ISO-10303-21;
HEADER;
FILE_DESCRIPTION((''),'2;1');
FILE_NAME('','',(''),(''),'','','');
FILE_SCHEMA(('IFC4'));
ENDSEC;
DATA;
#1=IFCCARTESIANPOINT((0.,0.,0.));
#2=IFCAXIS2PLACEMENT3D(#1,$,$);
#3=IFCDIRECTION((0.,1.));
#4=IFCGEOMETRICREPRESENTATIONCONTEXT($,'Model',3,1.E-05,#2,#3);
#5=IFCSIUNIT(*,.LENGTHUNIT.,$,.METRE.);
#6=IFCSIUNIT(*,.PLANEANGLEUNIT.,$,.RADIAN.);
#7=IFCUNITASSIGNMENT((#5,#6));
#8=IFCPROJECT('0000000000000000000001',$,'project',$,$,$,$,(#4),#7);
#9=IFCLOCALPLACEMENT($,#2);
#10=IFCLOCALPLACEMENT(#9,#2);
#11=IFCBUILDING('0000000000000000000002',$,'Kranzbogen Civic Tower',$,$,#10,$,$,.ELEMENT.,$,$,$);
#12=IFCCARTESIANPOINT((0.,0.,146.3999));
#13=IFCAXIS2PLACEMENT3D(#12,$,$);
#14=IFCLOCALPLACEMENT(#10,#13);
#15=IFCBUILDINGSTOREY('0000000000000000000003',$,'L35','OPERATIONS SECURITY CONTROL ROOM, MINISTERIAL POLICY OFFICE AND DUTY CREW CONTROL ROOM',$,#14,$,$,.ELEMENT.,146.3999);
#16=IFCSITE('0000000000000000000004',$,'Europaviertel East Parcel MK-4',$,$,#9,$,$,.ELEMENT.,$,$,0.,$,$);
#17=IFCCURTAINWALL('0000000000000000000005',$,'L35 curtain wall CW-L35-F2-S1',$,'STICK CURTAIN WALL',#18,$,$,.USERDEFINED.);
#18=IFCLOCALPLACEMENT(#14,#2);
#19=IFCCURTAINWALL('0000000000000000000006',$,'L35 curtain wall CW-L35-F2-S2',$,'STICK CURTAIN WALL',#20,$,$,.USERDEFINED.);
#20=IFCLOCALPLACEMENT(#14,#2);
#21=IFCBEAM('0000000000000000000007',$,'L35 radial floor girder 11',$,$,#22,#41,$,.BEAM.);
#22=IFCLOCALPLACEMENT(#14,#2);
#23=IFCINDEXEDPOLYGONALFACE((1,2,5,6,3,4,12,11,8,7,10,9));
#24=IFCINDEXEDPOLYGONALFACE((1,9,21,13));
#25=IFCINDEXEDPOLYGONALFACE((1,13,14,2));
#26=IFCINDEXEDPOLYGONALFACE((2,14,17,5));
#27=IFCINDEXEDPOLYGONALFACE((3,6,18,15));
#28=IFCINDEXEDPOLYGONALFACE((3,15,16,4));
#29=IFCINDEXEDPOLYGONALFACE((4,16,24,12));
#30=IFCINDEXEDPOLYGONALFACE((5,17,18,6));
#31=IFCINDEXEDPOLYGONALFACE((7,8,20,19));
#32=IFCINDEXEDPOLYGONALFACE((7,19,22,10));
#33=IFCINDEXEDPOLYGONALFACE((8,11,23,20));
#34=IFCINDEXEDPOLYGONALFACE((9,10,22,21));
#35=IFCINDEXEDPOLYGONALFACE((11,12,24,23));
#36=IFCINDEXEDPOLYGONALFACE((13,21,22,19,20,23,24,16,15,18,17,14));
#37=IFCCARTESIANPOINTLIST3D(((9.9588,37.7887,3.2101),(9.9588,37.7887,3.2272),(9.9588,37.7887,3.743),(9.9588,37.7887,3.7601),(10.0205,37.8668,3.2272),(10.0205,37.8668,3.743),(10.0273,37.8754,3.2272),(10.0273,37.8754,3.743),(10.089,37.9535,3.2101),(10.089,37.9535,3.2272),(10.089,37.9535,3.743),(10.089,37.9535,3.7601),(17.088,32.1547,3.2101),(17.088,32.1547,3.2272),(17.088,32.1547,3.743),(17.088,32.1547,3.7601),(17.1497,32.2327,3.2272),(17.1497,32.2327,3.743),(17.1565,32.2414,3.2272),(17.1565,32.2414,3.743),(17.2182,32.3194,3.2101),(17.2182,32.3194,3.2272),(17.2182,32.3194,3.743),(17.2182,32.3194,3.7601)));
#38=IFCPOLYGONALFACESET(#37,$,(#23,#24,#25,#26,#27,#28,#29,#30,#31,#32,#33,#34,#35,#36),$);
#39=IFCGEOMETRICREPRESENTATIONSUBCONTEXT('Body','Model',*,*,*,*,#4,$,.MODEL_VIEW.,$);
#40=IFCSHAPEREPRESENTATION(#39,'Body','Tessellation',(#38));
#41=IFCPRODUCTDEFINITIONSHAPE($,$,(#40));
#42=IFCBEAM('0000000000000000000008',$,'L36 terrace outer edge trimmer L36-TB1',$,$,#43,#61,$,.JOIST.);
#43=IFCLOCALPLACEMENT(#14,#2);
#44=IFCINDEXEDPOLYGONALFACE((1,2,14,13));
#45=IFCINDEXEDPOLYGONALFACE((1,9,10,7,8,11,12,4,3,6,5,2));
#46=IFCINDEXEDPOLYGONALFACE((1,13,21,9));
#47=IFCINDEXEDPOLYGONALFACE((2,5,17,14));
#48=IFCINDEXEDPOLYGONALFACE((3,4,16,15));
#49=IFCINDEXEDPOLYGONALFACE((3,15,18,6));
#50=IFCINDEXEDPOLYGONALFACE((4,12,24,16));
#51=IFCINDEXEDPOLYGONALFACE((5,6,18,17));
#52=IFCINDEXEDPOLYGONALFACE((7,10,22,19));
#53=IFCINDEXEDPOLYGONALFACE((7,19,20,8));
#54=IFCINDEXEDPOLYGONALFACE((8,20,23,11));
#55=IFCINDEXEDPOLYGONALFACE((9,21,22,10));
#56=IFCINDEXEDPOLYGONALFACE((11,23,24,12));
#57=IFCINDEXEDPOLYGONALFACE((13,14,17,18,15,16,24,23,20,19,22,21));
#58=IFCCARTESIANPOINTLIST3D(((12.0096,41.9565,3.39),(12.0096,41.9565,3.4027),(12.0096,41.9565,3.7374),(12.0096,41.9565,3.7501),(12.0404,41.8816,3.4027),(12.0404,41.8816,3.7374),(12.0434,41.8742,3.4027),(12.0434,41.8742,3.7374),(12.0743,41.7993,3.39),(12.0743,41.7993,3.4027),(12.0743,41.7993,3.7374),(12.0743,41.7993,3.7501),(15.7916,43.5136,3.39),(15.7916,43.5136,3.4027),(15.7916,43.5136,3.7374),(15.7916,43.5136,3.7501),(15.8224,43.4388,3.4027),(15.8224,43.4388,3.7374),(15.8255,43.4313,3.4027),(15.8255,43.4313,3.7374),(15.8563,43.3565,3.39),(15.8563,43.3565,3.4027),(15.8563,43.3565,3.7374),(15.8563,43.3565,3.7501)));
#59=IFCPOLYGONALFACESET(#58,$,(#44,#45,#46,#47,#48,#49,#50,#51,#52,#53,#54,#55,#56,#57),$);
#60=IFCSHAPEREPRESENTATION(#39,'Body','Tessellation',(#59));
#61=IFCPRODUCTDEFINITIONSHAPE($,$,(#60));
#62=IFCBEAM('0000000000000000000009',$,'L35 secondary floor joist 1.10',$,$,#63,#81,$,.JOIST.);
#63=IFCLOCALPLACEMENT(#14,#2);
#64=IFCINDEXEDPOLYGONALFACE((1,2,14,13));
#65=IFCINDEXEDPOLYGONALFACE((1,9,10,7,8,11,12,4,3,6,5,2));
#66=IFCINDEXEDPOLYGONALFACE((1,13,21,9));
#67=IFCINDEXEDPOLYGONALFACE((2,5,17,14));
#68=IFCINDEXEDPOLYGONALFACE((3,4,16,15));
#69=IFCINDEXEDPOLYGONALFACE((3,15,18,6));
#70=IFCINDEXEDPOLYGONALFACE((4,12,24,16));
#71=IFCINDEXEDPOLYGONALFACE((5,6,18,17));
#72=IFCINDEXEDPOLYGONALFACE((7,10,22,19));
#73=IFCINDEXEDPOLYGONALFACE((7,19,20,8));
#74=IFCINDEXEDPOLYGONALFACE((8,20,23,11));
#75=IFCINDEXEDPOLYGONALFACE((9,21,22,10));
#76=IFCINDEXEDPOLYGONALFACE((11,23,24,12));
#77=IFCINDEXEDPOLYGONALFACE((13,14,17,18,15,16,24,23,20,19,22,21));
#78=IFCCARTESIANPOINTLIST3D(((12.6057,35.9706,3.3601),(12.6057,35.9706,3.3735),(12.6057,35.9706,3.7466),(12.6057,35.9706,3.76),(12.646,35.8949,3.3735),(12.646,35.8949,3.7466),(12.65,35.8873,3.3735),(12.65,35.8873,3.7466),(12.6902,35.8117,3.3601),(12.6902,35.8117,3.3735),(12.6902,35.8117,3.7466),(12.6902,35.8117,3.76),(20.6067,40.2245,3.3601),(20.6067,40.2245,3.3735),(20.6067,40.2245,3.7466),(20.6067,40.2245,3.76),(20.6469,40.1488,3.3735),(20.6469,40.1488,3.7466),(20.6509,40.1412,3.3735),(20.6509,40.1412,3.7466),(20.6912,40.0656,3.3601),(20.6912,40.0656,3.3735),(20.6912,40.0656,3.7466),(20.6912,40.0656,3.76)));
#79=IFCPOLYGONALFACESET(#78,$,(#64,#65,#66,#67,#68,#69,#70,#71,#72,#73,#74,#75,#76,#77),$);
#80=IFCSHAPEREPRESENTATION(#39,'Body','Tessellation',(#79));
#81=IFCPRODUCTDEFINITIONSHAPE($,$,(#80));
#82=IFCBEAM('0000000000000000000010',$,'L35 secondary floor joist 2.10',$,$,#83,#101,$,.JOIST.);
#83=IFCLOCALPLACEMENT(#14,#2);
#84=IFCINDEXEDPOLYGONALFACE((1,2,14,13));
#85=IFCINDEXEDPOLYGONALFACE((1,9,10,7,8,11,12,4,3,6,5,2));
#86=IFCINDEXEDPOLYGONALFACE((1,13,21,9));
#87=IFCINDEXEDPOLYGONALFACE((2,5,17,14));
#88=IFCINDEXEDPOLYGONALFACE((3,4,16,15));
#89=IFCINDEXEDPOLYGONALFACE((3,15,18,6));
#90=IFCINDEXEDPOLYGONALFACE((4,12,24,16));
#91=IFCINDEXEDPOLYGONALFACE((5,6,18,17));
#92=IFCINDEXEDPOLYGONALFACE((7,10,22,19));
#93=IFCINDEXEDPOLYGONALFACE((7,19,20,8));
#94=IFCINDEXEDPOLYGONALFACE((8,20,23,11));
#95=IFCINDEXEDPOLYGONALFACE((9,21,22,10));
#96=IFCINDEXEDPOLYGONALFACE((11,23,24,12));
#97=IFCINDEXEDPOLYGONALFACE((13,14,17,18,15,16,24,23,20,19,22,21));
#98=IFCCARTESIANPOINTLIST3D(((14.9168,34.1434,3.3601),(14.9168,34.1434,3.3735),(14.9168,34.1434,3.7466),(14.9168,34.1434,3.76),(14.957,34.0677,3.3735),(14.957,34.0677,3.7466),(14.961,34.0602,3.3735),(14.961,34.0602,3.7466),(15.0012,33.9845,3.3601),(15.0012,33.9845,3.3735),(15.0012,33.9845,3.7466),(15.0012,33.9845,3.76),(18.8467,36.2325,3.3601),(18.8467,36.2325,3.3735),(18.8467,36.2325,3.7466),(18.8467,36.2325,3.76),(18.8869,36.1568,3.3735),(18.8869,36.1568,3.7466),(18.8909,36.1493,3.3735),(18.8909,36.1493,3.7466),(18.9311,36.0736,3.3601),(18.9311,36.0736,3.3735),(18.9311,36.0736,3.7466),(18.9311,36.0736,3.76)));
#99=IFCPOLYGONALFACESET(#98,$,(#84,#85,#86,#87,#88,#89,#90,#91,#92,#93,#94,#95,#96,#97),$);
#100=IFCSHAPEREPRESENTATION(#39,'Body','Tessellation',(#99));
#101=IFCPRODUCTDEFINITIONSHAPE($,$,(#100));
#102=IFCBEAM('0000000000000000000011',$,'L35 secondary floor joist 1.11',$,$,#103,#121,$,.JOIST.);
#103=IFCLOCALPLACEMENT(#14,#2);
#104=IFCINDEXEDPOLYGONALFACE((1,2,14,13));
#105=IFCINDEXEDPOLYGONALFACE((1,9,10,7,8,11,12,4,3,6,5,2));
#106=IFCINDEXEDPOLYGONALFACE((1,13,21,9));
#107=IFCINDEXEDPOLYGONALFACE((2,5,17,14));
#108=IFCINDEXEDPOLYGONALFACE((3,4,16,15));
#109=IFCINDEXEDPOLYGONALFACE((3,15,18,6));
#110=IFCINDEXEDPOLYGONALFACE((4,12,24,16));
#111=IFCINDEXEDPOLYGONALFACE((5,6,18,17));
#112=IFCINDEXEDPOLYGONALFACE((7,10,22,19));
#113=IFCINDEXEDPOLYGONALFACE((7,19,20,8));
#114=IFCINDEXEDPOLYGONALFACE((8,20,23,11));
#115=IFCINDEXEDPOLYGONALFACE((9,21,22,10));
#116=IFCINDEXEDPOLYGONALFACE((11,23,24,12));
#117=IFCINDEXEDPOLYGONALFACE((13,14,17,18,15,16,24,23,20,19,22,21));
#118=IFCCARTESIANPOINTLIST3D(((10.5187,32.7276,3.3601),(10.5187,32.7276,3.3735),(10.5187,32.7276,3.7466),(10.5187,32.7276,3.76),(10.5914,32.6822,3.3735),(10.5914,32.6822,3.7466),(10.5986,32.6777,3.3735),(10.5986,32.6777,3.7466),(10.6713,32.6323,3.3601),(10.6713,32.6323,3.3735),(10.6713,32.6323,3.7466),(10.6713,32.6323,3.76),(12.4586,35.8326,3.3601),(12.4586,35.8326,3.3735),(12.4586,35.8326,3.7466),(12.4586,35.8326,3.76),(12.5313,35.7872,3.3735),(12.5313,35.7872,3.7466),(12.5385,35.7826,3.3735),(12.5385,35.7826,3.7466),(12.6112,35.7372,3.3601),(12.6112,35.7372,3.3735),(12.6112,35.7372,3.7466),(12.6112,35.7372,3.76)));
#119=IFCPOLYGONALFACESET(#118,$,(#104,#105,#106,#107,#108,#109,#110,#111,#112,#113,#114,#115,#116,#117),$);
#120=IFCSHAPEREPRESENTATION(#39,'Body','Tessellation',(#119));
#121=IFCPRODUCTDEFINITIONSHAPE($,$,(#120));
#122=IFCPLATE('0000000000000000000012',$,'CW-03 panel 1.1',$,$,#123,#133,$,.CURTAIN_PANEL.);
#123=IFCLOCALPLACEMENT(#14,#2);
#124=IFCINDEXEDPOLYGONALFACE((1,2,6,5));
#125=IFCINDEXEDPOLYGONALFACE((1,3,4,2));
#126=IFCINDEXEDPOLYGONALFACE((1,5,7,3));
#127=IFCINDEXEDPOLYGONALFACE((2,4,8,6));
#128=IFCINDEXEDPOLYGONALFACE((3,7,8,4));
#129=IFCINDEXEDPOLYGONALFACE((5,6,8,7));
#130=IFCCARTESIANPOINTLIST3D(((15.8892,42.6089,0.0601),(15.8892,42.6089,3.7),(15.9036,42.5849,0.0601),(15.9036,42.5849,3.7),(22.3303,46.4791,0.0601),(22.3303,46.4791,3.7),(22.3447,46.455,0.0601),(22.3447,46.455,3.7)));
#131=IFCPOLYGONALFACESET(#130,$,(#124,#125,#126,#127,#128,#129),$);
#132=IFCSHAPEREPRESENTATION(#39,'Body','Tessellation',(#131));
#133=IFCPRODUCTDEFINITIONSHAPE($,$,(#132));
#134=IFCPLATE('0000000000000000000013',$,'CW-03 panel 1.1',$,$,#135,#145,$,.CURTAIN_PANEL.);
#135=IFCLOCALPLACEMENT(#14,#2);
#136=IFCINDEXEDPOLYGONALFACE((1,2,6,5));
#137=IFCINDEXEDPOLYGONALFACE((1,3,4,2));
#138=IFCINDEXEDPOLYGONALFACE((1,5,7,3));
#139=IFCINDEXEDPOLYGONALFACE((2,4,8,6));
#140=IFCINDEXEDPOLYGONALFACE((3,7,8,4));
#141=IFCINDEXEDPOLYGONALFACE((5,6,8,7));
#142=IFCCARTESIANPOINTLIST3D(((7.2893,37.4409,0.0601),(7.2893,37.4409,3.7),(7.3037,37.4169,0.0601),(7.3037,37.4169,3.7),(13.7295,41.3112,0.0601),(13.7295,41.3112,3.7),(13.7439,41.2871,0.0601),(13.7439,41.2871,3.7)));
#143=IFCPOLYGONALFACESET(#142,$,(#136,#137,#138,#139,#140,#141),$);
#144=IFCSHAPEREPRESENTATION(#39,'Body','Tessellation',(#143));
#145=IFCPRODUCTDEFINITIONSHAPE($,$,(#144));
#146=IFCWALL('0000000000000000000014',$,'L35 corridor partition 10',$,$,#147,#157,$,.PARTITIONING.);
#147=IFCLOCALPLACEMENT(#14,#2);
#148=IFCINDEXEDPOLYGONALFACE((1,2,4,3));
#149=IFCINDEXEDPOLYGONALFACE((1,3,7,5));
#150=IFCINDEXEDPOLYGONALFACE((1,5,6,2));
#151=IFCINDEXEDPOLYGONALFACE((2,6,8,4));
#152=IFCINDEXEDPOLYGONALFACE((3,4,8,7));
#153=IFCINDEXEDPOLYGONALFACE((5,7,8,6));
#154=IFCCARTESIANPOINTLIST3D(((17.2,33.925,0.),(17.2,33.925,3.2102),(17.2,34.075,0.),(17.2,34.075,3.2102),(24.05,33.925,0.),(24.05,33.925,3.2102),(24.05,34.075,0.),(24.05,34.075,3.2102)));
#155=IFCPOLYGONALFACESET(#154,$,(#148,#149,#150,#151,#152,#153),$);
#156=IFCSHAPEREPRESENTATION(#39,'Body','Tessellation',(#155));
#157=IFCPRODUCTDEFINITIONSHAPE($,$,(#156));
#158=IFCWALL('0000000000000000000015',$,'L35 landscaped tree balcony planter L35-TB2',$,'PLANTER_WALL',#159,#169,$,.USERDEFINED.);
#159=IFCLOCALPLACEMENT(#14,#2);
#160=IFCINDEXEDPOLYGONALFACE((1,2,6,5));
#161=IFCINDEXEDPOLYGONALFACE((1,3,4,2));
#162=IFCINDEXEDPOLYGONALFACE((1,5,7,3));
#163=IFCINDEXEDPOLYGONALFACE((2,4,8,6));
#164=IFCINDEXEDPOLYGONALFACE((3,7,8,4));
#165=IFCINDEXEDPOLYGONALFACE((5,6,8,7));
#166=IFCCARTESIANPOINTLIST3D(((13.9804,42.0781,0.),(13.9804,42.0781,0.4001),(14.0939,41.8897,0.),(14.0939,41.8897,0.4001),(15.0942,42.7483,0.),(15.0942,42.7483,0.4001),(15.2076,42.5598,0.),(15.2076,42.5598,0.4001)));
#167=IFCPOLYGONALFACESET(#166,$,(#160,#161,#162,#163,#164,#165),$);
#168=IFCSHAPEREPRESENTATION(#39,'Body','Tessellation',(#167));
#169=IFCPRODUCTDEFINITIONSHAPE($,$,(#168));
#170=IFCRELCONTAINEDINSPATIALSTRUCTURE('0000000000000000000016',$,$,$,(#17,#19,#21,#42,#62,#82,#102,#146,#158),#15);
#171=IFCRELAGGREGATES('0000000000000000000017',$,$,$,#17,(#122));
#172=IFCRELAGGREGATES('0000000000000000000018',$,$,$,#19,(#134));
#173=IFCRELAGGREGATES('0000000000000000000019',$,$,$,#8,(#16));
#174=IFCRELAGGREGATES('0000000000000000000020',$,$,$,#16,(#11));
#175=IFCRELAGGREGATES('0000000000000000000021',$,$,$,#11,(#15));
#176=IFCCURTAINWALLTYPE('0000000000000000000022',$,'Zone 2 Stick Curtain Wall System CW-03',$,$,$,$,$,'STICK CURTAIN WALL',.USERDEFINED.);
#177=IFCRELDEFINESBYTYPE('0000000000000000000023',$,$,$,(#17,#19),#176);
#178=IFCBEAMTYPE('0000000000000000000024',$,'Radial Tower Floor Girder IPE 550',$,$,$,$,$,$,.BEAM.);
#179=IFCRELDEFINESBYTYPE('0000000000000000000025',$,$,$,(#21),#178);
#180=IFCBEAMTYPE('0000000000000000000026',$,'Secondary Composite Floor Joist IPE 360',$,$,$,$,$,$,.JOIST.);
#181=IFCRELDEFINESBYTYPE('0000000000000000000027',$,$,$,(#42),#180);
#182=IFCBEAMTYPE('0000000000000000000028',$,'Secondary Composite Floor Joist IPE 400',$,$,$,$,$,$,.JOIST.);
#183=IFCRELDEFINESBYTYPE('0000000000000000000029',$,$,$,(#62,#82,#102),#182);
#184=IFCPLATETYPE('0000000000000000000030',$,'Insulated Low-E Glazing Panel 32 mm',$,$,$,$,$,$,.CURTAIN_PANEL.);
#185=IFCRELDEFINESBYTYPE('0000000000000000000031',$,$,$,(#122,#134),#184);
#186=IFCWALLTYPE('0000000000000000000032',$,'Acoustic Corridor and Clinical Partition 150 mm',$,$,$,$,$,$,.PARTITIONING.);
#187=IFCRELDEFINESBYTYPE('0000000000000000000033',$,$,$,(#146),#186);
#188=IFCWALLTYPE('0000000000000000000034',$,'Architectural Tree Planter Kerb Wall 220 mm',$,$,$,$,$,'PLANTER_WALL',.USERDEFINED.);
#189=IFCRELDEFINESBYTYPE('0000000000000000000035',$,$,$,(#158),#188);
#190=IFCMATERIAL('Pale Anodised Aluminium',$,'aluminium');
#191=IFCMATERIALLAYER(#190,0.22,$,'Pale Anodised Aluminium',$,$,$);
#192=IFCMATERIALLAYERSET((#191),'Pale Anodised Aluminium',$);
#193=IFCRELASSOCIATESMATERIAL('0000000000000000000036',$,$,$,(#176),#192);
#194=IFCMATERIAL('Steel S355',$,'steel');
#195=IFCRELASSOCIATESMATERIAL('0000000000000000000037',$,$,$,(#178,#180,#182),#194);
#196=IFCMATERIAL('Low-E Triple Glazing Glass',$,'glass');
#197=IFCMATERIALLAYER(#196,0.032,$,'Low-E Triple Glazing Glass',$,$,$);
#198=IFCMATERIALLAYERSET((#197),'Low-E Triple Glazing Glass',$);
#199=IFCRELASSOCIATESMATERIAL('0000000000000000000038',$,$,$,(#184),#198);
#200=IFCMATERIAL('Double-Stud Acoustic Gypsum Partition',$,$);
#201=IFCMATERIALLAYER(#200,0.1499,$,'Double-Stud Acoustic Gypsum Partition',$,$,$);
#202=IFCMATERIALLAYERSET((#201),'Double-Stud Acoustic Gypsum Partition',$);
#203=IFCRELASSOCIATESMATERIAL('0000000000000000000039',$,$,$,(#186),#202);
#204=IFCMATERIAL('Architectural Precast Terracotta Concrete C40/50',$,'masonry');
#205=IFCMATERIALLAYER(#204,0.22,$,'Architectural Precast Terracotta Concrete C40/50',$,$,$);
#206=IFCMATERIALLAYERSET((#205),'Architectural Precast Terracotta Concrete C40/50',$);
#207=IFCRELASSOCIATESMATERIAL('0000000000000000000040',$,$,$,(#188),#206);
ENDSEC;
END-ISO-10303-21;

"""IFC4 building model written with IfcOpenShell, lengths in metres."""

from ifc_helpers import new_model, si_unit, direction, frame, frame_2d, origin, origin_2d, place, context, subcontext, project, spatial, rectangle, i_section, extrude, material, layer, layer_set, material_profile, profile_set, type_object, element, aggregate, save


model = new_model("IFC4")

# Units and contexts
model_context = context("Model", 3, precision=1e-05, world=origin(), true_north=direction((0.0, 1.0)))
body_context = subcontext(model_context, "Body", "Model", "MODEL_VIEW")
ifc_project = project(units=[si_unit("LENGTHUNIT", "METRE"), si_unit("PLANEANGLEUNIT", "RADIAN")], contexts=[model_context])

# Site, building, storey
site_placement = place(None, origin())
site = spatial("IfcSite", under=ifc_project, at=site_placement, Name="Europaviertel East Parcel MK-4", CompositionType="ELEMENT", RefElevation=0.0)
building_placement = place(site_placement, origin())
building = spatial("IfcBuilding", under=site, at=building_placement, Name="Kranzbogen Civic Tower", CompositionType="ELEMENT")
storey_placement = place(building_placement, frame((0.0, 0.0, 146.3999)))
storey = spatial("IfcBuildingStorey", under=building, at=storey_placement, Name="L35", Description="OPERATIONS SECURITY CONTROL ROOM, MINISTERIAL POLICY OFFICE AND DUTY CREW CONTROL ROOM", CompositionType="ELEMENT", Elevation=146.3999)

# Shared definitions
ifc_material_1 = material(Name="Steel S355", Category="steel")

# Curtain wall
ifc_material_2 = material(Name="Pale Anodised Aluminium", Category="aluminium")
ifc_layer_1 = layer(ifc_material_2, 0.22, Name="Pale Anodised Aluminium")
ifc_layer_set_1 = layer_set([ifc_layer_1], Name="Pale Anodised Aluminium")
curtain_wall_type = type_object("IfcCurtainWallType", Name="Zone 2 Stick Curtain Wall System CW-03", ElementType="STICK CURTAIN WALL", PredefinedType="USERDEFINED", material=ifc_layer_set_1)
curtain_wall_1_placement = place(storey_placement, origin())
curtain_wall_1 = element("IfcCurtainWall", 1, at=curtain_wall_1_placement, inside=storey, type_object=curtain_wall_type, Name="L35 curtain wall CW-L35-F2-S1", ObjectType="STICK CURTAIN WALL", PredefinedType="USERDEFINED")

# Curtain wall
curtain_wall_2_placement = place(storey_placement, origin())
curtain_wall_2 = element("IfcCurtainWall", 2, at=curtain_wall_2_placement, inside=storey, type_object=curtain_wall_type, Name="L35 curtain wall CW-L35-F2-S2", ObjectType="STICK CURTAIN WALL", PredefinedType="USERDEFINED")

# Beams
ifc_material_profile_1 = material_profile(ifc_material_1, i_section(OverallWidth=0.21, OverallDepth=0.55, WebThickness=0.011, FlangeThickness=0.0171, at=origin_2d()), Name="IPE 550")
ifc_profile_set_1 = profile_set([ifc_material_profile_1], Name="Steel S355")
beam_type_1 = type_object("IfcBeamType", Name="Radial Tower Floor Girder IPE 550", PredefinedType="BEAM", material=ifc_profile_set_1)
beam_1_placement = place(storey_placement, frame((10.0239, 37.8711, 3.4851), z_axis=(0.784575, -0.620034, 0.0), x_axis=(0.620034, 0.784575, 0.0)))
element("IfcBeam", 3, at=beam_1_placement, inside=storey, type_object=beam_type_1, Name="L35 radial floor girder 11", PredefinedType="BEAM", context=body_context, shape_type="SweptSolid", body=[
    extrude(i_section(OverallWidth=0.21, OverallDepth=0.55, WebThickness=0.011, FlangeThickness=0.0171, at=origin_2d()), origin(), (0.0, 0.0, 1.0), 9.0867),
])
ifc_material_profile_2 = material_profile(ifc_material_1, i_section(OverallWidth=0.1699, OverallDepth=0.3601, WebThickness=0.0081, FlangeThickness=0.0127, at=origin_2d()), Name="IPE 360")
ifc_profile_set_2 = profile_set([ifc_material_profile_2], Name="Steel S355")
beam_type_2 = type_object("IfcBeamType", Name="Secondary Composite Floor Joist IPE 360", PredefinedType="JOIST", material=ifc_profile_set_2)
beam_2_placement = place(storey_placement, frame((15.824, 43.4351, 3.5701), z_axis=(-0.924692, -0.380717, 0.0), x_axis=(0.380717, -0.924692, 0.0)))
element("IfcBeam", 4, at=beam_2_placement, inside=storey, type_object=beam_type_2, Name="L36 terrace outer edge trimmer L36-TB1", PredefinedType="JOIST", context=body_context, shape_type="SweptSolid", body=[
    extrude(i_section(OverallWidth=0.1699, OverallDepth=0.3601, WebThickness=0.0081, FlangeThickness=0.0127, at=origin_2d()), origin(), (0.0, 0.0, 1.0), 4.0901),
])
ifc_material_profile_3 = material_profile(ifc_material_1, i_section(OverallWidth=0.1799, OverallDepth=0.3999, WebThickness=0.0085, FlangeThickness=0.0134, at=origin_2d()), Name="IPE 400")
ifc_profile_set_3 = profile_set([ifc_material_profile_3], Name="Steel S355")
beam_type_3 = type_object("IfcBeamType", Name="Secondary Composite Floor Joist IPE 400", PredefinedType="JOIST", material=ifc_profile_set_3)
beam_3_placement = place(storey_placement, frame((20.6489, 40.145, 3.5601), z_axis=(-0.882961, -0.469447, 0.0), x_axis=(0.469447, -0.882961, 0.0)))
element("IfcBeam", 5, at=beam_3_placement, inside=storey, type_object=beam_type_3, Name="L35 secondary floor joist 1.10", PredefinedType="JOIST", context=body_context, shape_type="SweptSolid", body=[
    extrude(i_section(OverallWidth=0.1799, OverallDepth=0.3999, WebThickness=0.0085, FlangeThickness=0.0134, at=origin_2d()), origin(), (0.0, 0.0, 1.0), 9.0615),
])
beam_4_placement = place(storey_placement, frame((18.8889, 36.1531, 3.5601), z_axis=(-0.882991, -0.469389, 0.0), x_axis=(0.469389, -0.882991, 0.0)))
element("IfcBeam", 6, at=beam_4_placement, inside=storey, type_object=beam_type_3, Name="L35 secondary floor joist 2.10", PredefinedType="JOIST", context=body_context, shape_type="SweptSolid", body=[
    extrude(i_section(OverallWidth=0.1799, OverallDepth=0.3999, WebThickness=0.0085, FlangeThickness=0.0134, at=origin_2d()), origin(), (0.0, 0.0, 1.0), 4.4507),
])
beam_5_placement = place(storey_placement, frame((12.5349, 35.7849, 3.5601), z_axis=(-0.529867, -0.848081, 0.0), x_axis=(0.848081, -0.529867, 0.0)))
element("IfcBeam", 7, at=beam_5_placement, inside=storey, type_object=beam_type_3, Name="L35 secondary floor joist 1.11", PredefinedType="JOIST", context=body_context, shape_type="SweptSolid", body=[
    extrude(i_section(OverallWidth=0.1799, OverallDepth=0.3999, WebThickness=0.0085, FlangeThickness=0.0134, at=origin_2d()), origin(), (0.0, 0.0, 1.0), 3.6611),
])

# Plates
ifc_material_3 = material(Name="Low-E Triple Glazing Glass", Category="glass")
ifc_layer_2 = layer(ifc_material_3, 0.032, Name="Low-E Triple Glazing Glass")
ifc_layer_set_2 = layer_set([ifc_layer_2], Name="Low-E Triple Glazing Glass")
plate_type = type_object("IfcPlateType", Name="Insulated Low-E Glazing Panel 32 mm", PredefinedType="CURTAIN_PANEL", material=ifc_layer_set_2)
plate_1_placement = place(storey_placement, frame((19.1169, 44.532, 0.0601), z_axis=(0.0, 0.0, 1.0), x_axis=(-0.857169, -0.515035, 0.0)))
plate_1 = element("IfcPlate", 8, at=plate_1_placement, type_object=plate_type, Name="CW-03 panel 1.1", PredefinedType="CURTAIN_PANEL", context=body_context, shape_type="SweptSolid", body=[
    extrude(rectangle(XDim=7.5144, YDim=0.0281, at=origin_2d()), origin(), (0.0, 0.0, 1.0), 3.6399),
])
aggregate(curtain_wall_1, [plate_1])
plate_2_placement = place(storey_placement, frame((10.5166, 39.364, 0.0601), z_axis=(0.0, 0.0, 1.0), x_axis=(-0.857134, -0.515093, 0.0)))
plate_2 = element("IfcPlate", 9, at=plate_2_placement, type_object=plate_type, Name="CW-03 panel 1.1", PredefinedType="CURTAIN_PANEL", context=body_context, shape_type="SweptSolid", body=[
    extrude(rectangle(XDim=7.5137, YDim=0.0281, at=origin_2d()), origin(), (0.0, 0.0, 1.0), 3.6399),
])
aggregate(curtain_wall_2, [plate_2])

# Walls
ifc_material_4 = material(Name="Double-Stud Acoustic Gypsum Partition")
ifc_layer_3 = layer(ifc_material_4, 0.1499, Name="Double-Stud Acoustic Gypsum Partition")
ifc_layer_set_3 = layer_set([ifc_layer_3], Name="Double-Stud Acoustic Gypsum Partition")
wall_type_1 = type_object("IfcWallType", Name="Acoustic Corridor and Clinical Partition 150 mm", PredefinedType="PARTITIONING", material=ifc_layer_set_3)
wall_1_placement = place(storey_placement, frame((17.2, 34.0, 0.0), z_axis=(0.0, 0.0, 1.0), x_axis=(1.0, 0.0, 0.0)))
element("IfcWall", 10, at=wall_1_placement, inside=storey, type_object=wall_type_1, Name="L35 corridor partition 10", PredefinedType="PARTITIONING", context=body_context, shape_type="SweptSolid", body=[
    extrude(rectangle(XDim=6.8501, YDim=0.1499, at=frame_2d((3.425, 0.0))), origin(), (0.0, 0.0, 1.0), 3.2102),
])
ifc_material_5 = material(Name="Architectural Precast Terracotta Concrete C40/50", Category="masonry")
ifc_layer_4 = layer(ifc_material_5, 0.22, Name="Architectural Precast Terracotta Concrete C40/50")
ifc_layer_set_4 = layer_set([ifc_layer_4], Name="Architectural Precast Terracotta Concrete C40/50")
wall_type_2 = type_object("IfcWallType", Name="Architectural Tree Planter Kerb Wall 220 mm", ElementType="PLANTER_WALL", PredefinedType="USERDEFINED", material=ifc_layer_set_4)
wall_2_placement = place(storey_placement, frame((15.1509, 42.6541, 0.0), z_axis=(0.0, 0.0, 1.0), x_axis=(-0.856846, -0.515573, 0.0)))
element("IfcWall", 11, at=wall_2_placement, inside=storey, type_object=wall_type_2, Name="L35 landscaped tree balcony planter L35-TB2", ObjectType="PLANTER_WALL", PredefinedType="USERDEFINED", context=body_context, shape_type="SweptSolid", body=[
    extrude(rectangle(XDim=1.2998, YDim=0.22, at=frame_2d((0.6499, 0.0))), origin(), (0.0, 0.0, 1.0), 0.4001),
])

save(model, "model.ifc")
